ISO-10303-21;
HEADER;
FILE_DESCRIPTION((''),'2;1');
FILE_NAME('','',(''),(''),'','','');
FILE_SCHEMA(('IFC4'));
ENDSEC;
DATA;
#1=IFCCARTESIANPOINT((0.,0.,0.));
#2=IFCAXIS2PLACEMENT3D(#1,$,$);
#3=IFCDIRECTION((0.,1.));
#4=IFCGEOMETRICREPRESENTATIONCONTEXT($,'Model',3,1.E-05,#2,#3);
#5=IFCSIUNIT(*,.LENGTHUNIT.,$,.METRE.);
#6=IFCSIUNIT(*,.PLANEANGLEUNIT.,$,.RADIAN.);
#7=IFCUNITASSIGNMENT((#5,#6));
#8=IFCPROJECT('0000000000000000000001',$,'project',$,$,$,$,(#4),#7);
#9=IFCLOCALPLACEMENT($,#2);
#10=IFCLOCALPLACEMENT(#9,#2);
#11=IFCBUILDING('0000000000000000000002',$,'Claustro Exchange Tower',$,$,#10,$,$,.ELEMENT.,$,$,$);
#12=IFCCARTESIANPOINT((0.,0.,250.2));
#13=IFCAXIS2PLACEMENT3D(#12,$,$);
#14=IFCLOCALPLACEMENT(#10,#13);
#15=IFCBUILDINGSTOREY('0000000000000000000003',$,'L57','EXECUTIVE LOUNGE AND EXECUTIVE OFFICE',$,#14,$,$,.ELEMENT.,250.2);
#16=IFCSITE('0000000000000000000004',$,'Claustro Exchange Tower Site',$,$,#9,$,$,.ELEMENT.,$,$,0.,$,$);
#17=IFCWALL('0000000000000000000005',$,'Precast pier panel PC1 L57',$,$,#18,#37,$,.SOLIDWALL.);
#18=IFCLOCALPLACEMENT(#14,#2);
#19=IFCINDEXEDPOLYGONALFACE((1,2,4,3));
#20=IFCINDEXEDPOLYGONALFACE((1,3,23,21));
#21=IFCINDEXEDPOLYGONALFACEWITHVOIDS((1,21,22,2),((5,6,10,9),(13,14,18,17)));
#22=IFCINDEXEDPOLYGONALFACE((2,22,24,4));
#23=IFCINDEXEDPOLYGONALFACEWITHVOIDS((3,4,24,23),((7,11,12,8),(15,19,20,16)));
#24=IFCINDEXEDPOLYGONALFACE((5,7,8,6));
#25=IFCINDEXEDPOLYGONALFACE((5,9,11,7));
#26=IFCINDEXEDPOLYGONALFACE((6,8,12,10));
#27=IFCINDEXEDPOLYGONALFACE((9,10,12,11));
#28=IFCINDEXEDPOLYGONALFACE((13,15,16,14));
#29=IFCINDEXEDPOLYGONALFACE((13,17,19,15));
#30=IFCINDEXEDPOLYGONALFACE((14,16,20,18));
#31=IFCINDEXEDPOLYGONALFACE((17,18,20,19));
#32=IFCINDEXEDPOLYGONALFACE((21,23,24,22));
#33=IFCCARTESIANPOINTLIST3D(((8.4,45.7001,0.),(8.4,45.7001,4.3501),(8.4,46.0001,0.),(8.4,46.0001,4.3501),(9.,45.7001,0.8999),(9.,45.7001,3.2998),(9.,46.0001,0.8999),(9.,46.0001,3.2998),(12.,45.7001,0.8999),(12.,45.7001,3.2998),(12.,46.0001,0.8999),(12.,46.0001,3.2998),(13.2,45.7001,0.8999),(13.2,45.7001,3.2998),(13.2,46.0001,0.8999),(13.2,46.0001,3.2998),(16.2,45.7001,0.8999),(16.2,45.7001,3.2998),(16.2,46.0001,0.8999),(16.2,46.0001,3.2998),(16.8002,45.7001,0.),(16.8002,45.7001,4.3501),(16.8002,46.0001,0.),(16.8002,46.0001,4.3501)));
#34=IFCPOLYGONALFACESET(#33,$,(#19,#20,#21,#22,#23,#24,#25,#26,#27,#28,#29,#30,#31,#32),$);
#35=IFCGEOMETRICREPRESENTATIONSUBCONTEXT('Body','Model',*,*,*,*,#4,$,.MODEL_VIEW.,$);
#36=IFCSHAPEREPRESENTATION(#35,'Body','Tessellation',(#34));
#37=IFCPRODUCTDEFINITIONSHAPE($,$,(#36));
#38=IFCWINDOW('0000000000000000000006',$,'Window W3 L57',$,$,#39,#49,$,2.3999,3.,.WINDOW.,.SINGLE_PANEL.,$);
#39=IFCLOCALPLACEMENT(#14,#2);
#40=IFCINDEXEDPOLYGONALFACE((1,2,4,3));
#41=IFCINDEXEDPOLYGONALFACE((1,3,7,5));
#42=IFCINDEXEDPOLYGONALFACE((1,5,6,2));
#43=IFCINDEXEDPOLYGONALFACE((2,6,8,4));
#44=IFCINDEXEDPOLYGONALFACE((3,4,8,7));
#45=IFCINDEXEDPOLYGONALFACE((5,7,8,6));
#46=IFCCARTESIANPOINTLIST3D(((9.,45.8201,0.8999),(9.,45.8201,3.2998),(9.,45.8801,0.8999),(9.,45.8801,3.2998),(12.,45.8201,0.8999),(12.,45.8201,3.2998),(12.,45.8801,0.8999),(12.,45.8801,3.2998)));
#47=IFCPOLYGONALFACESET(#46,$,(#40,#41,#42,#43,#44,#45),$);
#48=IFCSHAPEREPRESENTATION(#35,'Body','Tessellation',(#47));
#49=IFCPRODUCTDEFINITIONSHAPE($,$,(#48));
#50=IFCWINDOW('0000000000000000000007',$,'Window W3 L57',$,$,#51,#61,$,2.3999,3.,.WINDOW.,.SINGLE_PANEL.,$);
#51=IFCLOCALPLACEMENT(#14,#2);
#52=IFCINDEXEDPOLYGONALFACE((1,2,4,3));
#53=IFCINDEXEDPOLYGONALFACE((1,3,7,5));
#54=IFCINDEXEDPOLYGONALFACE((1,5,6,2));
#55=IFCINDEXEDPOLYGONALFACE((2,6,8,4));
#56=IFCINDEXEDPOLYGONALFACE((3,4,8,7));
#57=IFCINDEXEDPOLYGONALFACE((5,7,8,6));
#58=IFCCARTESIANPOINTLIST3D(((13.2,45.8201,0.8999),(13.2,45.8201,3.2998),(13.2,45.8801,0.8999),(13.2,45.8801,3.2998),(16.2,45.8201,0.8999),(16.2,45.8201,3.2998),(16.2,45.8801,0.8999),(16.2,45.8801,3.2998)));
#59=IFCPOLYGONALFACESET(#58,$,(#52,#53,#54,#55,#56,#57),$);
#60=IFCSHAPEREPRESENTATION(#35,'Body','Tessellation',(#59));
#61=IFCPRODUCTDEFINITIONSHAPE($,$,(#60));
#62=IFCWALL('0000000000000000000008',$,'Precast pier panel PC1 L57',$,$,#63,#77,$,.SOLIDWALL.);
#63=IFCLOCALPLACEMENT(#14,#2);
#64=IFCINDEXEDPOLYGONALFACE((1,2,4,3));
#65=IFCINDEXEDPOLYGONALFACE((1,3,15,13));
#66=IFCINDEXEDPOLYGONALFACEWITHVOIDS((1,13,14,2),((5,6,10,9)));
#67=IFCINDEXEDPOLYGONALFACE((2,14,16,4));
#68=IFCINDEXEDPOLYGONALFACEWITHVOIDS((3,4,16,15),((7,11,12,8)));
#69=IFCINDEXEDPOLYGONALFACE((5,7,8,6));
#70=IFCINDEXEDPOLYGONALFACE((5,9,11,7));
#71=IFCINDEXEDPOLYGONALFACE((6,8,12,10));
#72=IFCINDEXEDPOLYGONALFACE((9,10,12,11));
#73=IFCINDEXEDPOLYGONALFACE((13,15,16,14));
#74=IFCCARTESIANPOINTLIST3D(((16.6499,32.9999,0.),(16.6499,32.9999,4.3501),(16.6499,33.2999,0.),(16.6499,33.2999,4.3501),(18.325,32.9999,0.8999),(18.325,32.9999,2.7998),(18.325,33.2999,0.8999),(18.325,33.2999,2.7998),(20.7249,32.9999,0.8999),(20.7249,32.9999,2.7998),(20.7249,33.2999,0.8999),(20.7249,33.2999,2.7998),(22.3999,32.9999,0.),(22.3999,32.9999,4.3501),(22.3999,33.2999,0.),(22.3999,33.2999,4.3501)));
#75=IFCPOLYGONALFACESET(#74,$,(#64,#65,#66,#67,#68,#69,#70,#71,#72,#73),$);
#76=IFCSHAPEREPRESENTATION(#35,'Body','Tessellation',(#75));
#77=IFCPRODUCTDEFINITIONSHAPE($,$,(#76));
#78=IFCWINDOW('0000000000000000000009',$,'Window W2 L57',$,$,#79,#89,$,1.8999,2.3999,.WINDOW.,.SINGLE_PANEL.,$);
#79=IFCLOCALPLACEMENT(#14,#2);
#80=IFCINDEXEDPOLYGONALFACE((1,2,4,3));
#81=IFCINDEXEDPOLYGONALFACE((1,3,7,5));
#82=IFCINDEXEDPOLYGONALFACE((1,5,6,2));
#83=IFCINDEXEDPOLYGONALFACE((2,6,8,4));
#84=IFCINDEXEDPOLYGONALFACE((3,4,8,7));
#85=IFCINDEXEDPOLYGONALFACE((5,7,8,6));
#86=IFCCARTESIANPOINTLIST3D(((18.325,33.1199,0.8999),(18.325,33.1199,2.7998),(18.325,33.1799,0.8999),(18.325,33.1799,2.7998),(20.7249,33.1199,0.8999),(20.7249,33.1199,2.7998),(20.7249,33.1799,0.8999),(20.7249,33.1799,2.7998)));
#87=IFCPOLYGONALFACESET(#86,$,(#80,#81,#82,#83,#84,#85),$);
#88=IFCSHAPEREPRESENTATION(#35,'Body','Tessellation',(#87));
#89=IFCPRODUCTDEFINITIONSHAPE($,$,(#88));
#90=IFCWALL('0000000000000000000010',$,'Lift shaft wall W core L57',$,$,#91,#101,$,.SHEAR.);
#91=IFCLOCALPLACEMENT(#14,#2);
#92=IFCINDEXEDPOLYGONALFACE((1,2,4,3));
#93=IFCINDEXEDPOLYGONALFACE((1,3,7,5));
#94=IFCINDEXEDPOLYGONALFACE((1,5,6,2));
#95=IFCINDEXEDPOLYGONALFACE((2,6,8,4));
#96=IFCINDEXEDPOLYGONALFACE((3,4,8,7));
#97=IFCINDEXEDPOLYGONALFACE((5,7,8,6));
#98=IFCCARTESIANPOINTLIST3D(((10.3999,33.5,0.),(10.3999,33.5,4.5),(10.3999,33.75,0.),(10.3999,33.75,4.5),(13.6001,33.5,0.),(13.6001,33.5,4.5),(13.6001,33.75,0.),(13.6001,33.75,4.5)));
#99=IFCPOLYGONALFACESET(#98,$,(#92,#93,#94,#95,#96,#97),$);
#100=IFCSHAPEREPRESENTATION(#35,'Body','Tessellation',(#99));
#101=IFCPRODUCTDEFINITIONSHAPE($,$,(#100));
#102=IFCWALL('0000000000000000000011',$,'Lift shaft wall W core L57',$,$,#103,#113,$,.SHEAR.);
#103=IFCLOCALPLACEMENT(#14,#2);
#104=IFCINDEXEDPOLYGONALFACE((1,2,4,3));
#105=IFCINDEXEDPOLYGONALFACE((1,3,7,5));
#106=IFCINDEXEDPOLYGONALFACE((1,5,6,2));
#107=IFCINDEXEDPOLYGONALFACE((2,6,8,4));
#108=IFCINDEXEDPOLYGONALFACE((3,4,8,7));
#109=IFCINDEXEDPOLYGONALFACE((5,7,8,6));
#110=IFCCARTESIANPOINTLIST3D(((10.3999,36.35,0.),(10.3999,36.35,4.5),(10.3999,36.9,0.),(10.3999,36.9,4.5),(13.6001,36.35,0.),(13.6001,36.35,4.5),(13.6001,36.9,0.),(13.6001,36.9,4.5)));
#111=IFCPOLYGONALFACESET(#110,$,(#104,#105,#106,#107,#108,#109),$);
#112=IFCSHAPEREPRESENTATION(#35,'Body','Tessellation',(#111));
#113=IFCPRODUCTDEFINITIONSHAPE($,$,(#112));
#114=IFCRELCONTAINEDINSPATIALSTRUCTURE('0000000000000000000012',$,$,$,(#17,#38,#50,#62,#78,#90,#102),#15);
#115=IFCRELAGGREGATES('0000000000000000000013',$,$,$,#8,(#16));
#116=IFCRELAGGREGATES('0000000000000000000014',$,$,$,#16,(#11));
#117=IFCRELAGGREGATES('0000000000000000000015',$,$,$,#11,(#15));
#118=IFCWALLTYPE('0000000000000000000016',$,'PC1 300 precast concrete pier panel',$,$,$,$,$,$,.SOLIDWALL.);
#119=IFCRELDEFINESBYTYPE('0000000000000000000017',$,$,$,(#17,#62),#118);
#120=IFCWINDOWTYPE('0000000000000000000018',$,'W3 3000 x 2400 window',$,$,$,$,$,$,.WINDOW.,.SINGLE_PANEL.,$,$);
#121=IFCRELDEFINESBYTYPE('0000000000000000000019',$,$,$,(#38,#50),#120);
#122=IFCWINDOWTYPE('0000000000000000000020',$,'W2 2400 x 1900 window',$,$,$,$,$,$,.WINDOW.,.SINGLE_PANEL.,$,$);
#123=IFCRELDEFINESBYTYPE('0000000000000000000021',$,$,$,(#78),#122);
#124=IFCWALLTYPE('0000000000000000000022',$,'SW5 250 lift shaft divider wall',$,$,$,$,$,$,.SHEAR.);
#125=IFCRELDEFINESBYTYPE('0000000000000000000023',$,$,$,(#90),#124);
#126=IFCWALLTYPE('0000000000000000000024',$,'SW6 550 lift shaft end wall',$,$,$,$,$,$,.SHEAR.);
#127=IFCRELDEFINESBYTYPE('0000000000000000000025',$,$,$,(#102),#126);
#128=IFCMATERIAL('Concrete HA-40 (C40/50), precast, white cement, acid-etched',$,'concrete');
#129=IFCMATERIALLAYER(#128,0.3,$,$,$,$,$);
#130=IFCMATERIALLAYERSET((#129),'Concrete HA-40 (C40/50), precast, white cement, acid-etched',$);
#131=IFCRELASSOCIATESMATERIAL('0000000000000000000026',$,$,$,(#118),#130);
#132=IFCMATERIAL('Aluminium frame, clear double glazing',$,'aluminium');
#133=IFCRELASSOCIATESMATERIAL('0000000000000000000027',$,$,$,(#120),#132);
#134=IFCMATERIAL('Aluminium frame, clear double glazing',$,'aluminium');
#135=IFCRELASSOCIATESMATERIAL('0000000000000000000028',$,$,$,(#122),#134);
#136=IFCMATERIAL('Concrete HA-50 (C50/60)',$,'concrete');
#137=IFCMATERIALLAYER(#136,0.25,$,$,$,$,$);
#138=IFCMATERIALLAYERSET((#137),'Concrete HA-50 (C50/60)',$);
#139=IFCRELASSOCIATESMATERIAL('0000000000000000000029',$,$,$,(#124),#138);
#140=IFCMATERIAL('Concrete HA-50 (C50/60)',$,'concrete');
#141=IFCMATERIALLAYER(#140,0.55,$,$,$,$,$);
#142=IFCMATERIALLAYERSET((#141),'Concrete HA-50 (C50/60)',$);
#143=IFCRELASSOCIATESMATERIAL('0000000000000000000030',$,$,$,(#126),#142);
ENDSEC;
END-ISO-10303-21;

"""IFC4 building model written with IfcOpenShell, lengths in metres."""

from ifc_helpers import new_model, si_unit, direction, frame, frame_2d, origin, place, context, subcontext, project, spatial, rectangle, extrude, material, layer, layer_set, type_object, element, fill, save


model = new_model("IFC4")

# Units and contexts
model_context = context("Model", 3, precision=1e-05, world=origin(), true_north=direction((0.0, 1.0)))
body_context = subcontext(model_context, "Body", "Model", "MODEL_VIEW")
ifc_project = project(units=[si_unit("LENGTHUNIT", "METRE"), si_unit("PLANEANGLEUNIT", "RADIAN")], contexts=[model_context])

# Site, building, storey
site_placement = place(None, origin())
site = spatial("IfcSite", under=ifc_project, at=site_placement, Name="Claustro Exchange Tower Site", CompositionType="ELEMENT", RefElevation=0.0)
building_placement = place(site_placement, origin())
building = spatial("IfcBuilding", under=site, at=building_placement, Name="Claustro Exchange Tower", CompositionType="ELEMENT")
storey_placement = place(building_placement, frame((0.0, 0.0, 250.2)))
storey = spatial("IfcBuildingStorey", under=building, at=storey_placement, Name="L57", Description="EXECUTIVE LOUNGE AND EXECUTIVE OFFICE", CompositionType="ELEMENT", Elevation=250.2)

# Wall, openings, windows
ifc_material_1 = material(Name="Concrete HA-40 (C40/50), precast, white cement, acid-etched", Category="concrete")
ifc_layer_1 = layer(ifc_material_1, 0.3)
ifc_layer_set_1 = layer_set([ifc_layer_1], Name="Concrete HA-40 (C40/50), precast, white cement, acid-etched")
wall_type_1 = type_object("IfcWallType", Name="PC1 300 precast concrete pier panel", PredefinedType="SOLIDWALL", material=ifc_layer_set_1)
wall_1_placement = place(storey_placement, frame((8.3999, 45.8501, 0.0), z_axis=(0.0, 0.0, 1.0), x_axis=(1.0, 0.0, 0.0)))
wall_1 = element("IfcWall", 1, at=wall_1_placement, inside=storey, type_object=wall_type_1, Name="Precast pier panel PC1 L57", PredefinedType="SOLIDWALL", context=body_context, shape_type="SweptSolid", body=[
    extrude(rectangle(XDim=8.4001, YDim=0.3, at=frame_2d((4.2002, 0.0))), origin(), (0.0, 0.0, 1.0), 4.3501),
])
opening_1_placement = place(wall_1_placement, frame((0.6001, 0.0, 0.8999)))
opening_1 = element("IfcOpeningElement", 2, at=opening_1_placement, cuts=wall_1, PredefinedType="OPENING", context=body_context, shape_type="SweptSolid", body=[
    extrude(rectangle(XDim=3.0, YDim=2.3999, at=frame_2d((1.5, 1.2))), frame((0.0, 0.1599, 0.0), z_axis=(0.0, -1.0, 0.0), x_axis=(1.0, 0.0, 0.0)), (0.0, 0.0, 1.0), 0.3201),
])
opening_2_placement = place(wall_1_placement, frame((4.8, 0.0, 0.8999)))
opening_2 = element("IfcOpeningElement", 3, at=opening_2_placement, cuts=wall_1, PredefinedType="OPENING", context=body_context, shape_type="SweptSolid", body=[
    extrude(rectangle(XDim=3.0, YDim=2.3999, at=frame_2d((1.5, 1.2))), frame((0.0, 0.1599, 0.0), z_axis=(0.0, -1.0, 0.0), x_axis=(1.0, 0.0, 0.0)), (0.0, 0.0, 1.0), 0.3201),
])
ifc_material_2 = material(Name="Aluminium frame, clear double glazing", Category="aluminium")
window_type_1 = type_object("IfcWindowType", Name="W3 3000 x 2400 window", PartitioningType="SINGLE_PANEL", PredefinedType="WINDOW", material=ifc_material_2)
window_1_placement = place(opening_1_placement, origin())
window_1 = element("IfcWindow", 4, at=window_1_placement, inside=storey, type_object=window_type_1, Name="Window W3 L57", OverallHeight=2.3999, OverallWidth=3.0, PartitioningType="SINGLE_PANEL", PredefinedType="WINDOW", context=body_context, shape_type="SweptSolid", body=[
    extrude(rectangle(XDim=3.0, YDim=2.3999, at=frame_2d((1.5, 1.2))), frame((0.0, 0.03, 0.0), z_axis=(0.0, -1.0, 0.0), x_axis=(1.0, 0.0, 0.0)), (0.0, 0.0, 1.0), 0.0601),
])
fill(opening_1, window_1)
window_2_placement = place(opening_2_placement, origin())
window_2 = element("IfcWindow", 5, at=window_2_placement, inside=storey, type_object=window_type_1, Name="Window W3 L57", OverallHeight=2.3999, OverallWidth=3.0, PartitioningType="SINGLE_PANEL", PredefinedType="WINDOW", context=body_context, shape_type="SweptSolid", body=[
    extrude(rectangle(XDim=3.0, YDim=2.3999, at=frame_2d((1.5, 1.2))), frame((0.0, 0.03, 0.0), z_axis=(0.0, -1.0, 0.0), x_axis=(1.0, 0.0, 0.0)), (0.0, 0.0, 1.0), 0.0601),
])
fill(opening_2, window_2)

# Wall, opening, window
wall_2_placement = place(storey_placement, frame((16.6499, 33.1499, 0.0), z_axis=(0.0, 0.0, 1.0), x_axis=(1.0, 0.0, 0.0)))
wall_2 = element("IfcWall", 6, at=wall_2_placement, inside=storey, type_object=wall_type_1, Name="Precast pier panel PC1 L57", PredefinedType="SOLIDWALL", context=body_context, shape_type="SweptSolid", body=[
    extrude(rectangle(XDim=5.75, YDim=0.3, at=frame_2d((2.875, 0.0))), origin(), (0.0, 0.0, 1.0), 4.3501),
])
opening_3_placement = place(wall_2_placement, frame((1.675, 0.0, 0.8999)))
opening_3 = element("IfcOpeningElement", 7, at=opening_3_placement, cuts=wall_2, PredefinedType="OPENING", context=body_context, shape_type="SweptSolid", body=[
    extrude(rectangle(XDim=2.3999, YDim=1.8999, at=frame_2d((1.2, 0.95))), frame((0.0, 0.1599, 0.0), z_axis=(0.0, -1.0, 0.0), x_axis=(1.0, 0.0, 0.0)), (0.0, 0.0, 1.0), 0.3201),
])
ifc_material_3 = material(Name="Aluminium frame, clear double glazing", Category="aluminium")
window_type_2 = type_object("IfcWindowType", Name="W2 2400 x 1900 window", PartitioningType="SINGLE_PANEL", PredefinedType="WINDOW", material=ifc_material_3)
window_3_placement = place(opening_3_placement, origin())
window_3 = element("IfcWindow", 8, at=window_3_placement, inside=storey, type_object=window_type_2, Name="Window W2 L57", OverallHeight=1.8999, OverallWidth=2.3999, PartitioningType="SINGLE_PANEL", PredefinedType="WINDOW", context=body_context, shape_type="SweptSolid", body=[
    extrude(rectangle(XDim=2.3999, YDim=1.8999, at=frame_2d((1.2, 0.95))), frame((0.0, 0.03, 0.0), z_axis=(0.0, -1.0, 0.0), x_axis=(1.0, 0.0, 0.0)), (0.0, 0.0, 1.0), 0.0601),
])
fill(opening_3, window_3)

# Walls
ifc_material_4 = material(Name="Concrete HA-50 (C50/60)", Category="concrete")
ifc_layer_2 = layer(ifc_material_4, 0.25)
ifc_layer_set_2 = layer_set([ifc_layer_2], Name="Concrete HA-50 (C50/60)")
wall_type_2 = type_object("IfcWallType", Name="SW5 250 lift shaft divider wall", PredefinedType="SHEAR", material=ifc_layer_set_2)
wall_3_placement = place(storey_placement, frame((10.3999, 33.625, 0.0), z_axis=(0.0, 0.0, 1.0), x_axis=(1.0, 0.0, 0.0)))
element("IfcWall", 9, at=wall_3_placement, inside=storey, type_object=wall_type_2, Name="Lift shaft wall W core L57", PredefinedType="SHEAR", context=body_context, shape_type="SweptSolid", body=[
    extrude(rectangle(XDim=3.2002, YDim=0.25, at=frame_2d((1.6001, 0.0))), origin(), (0.0, 0.0, 1.0), 4.5),
])
ifc_material_5 = material(Name="Concrete HA-50 (C50/60)", Category="concrete")
ifc_layer_3 = layer(ifc_material_5, 0.55)
ifc_layer_set_3 = layer_set([ifc_layer_3], Name="Concrete HA-50 (C50/60)")
wall_type_3 = type_object("IfcWallType", Name="SW6 550 lift shaft end wall", PredefinedType="SHEAR", material=ifc_layer_set_3)
wall_4_placement = place(storey_placement, frame((10.3999, 36.625, 0.0), z_axis=(0.0, 0.0, 1.0), x_axis=(1.0, 0.0, 0.0)))
element("IfcWall", 10, at=wall_4_placement, inside=storey, type_object=wall_type_3, Name="Lift shaft wall W core L57", PredefinedType="SHEAR", context=body_context, shape_type="SweptSolid", body=[
    extrude(rectangle(XDim=3.2002, YDim=0.55, at=frame_2d((1.6001, 0.0))), origin(), (0.0, 0.0, 1.0), 4.5),
])

save(model, "model.ifc")
